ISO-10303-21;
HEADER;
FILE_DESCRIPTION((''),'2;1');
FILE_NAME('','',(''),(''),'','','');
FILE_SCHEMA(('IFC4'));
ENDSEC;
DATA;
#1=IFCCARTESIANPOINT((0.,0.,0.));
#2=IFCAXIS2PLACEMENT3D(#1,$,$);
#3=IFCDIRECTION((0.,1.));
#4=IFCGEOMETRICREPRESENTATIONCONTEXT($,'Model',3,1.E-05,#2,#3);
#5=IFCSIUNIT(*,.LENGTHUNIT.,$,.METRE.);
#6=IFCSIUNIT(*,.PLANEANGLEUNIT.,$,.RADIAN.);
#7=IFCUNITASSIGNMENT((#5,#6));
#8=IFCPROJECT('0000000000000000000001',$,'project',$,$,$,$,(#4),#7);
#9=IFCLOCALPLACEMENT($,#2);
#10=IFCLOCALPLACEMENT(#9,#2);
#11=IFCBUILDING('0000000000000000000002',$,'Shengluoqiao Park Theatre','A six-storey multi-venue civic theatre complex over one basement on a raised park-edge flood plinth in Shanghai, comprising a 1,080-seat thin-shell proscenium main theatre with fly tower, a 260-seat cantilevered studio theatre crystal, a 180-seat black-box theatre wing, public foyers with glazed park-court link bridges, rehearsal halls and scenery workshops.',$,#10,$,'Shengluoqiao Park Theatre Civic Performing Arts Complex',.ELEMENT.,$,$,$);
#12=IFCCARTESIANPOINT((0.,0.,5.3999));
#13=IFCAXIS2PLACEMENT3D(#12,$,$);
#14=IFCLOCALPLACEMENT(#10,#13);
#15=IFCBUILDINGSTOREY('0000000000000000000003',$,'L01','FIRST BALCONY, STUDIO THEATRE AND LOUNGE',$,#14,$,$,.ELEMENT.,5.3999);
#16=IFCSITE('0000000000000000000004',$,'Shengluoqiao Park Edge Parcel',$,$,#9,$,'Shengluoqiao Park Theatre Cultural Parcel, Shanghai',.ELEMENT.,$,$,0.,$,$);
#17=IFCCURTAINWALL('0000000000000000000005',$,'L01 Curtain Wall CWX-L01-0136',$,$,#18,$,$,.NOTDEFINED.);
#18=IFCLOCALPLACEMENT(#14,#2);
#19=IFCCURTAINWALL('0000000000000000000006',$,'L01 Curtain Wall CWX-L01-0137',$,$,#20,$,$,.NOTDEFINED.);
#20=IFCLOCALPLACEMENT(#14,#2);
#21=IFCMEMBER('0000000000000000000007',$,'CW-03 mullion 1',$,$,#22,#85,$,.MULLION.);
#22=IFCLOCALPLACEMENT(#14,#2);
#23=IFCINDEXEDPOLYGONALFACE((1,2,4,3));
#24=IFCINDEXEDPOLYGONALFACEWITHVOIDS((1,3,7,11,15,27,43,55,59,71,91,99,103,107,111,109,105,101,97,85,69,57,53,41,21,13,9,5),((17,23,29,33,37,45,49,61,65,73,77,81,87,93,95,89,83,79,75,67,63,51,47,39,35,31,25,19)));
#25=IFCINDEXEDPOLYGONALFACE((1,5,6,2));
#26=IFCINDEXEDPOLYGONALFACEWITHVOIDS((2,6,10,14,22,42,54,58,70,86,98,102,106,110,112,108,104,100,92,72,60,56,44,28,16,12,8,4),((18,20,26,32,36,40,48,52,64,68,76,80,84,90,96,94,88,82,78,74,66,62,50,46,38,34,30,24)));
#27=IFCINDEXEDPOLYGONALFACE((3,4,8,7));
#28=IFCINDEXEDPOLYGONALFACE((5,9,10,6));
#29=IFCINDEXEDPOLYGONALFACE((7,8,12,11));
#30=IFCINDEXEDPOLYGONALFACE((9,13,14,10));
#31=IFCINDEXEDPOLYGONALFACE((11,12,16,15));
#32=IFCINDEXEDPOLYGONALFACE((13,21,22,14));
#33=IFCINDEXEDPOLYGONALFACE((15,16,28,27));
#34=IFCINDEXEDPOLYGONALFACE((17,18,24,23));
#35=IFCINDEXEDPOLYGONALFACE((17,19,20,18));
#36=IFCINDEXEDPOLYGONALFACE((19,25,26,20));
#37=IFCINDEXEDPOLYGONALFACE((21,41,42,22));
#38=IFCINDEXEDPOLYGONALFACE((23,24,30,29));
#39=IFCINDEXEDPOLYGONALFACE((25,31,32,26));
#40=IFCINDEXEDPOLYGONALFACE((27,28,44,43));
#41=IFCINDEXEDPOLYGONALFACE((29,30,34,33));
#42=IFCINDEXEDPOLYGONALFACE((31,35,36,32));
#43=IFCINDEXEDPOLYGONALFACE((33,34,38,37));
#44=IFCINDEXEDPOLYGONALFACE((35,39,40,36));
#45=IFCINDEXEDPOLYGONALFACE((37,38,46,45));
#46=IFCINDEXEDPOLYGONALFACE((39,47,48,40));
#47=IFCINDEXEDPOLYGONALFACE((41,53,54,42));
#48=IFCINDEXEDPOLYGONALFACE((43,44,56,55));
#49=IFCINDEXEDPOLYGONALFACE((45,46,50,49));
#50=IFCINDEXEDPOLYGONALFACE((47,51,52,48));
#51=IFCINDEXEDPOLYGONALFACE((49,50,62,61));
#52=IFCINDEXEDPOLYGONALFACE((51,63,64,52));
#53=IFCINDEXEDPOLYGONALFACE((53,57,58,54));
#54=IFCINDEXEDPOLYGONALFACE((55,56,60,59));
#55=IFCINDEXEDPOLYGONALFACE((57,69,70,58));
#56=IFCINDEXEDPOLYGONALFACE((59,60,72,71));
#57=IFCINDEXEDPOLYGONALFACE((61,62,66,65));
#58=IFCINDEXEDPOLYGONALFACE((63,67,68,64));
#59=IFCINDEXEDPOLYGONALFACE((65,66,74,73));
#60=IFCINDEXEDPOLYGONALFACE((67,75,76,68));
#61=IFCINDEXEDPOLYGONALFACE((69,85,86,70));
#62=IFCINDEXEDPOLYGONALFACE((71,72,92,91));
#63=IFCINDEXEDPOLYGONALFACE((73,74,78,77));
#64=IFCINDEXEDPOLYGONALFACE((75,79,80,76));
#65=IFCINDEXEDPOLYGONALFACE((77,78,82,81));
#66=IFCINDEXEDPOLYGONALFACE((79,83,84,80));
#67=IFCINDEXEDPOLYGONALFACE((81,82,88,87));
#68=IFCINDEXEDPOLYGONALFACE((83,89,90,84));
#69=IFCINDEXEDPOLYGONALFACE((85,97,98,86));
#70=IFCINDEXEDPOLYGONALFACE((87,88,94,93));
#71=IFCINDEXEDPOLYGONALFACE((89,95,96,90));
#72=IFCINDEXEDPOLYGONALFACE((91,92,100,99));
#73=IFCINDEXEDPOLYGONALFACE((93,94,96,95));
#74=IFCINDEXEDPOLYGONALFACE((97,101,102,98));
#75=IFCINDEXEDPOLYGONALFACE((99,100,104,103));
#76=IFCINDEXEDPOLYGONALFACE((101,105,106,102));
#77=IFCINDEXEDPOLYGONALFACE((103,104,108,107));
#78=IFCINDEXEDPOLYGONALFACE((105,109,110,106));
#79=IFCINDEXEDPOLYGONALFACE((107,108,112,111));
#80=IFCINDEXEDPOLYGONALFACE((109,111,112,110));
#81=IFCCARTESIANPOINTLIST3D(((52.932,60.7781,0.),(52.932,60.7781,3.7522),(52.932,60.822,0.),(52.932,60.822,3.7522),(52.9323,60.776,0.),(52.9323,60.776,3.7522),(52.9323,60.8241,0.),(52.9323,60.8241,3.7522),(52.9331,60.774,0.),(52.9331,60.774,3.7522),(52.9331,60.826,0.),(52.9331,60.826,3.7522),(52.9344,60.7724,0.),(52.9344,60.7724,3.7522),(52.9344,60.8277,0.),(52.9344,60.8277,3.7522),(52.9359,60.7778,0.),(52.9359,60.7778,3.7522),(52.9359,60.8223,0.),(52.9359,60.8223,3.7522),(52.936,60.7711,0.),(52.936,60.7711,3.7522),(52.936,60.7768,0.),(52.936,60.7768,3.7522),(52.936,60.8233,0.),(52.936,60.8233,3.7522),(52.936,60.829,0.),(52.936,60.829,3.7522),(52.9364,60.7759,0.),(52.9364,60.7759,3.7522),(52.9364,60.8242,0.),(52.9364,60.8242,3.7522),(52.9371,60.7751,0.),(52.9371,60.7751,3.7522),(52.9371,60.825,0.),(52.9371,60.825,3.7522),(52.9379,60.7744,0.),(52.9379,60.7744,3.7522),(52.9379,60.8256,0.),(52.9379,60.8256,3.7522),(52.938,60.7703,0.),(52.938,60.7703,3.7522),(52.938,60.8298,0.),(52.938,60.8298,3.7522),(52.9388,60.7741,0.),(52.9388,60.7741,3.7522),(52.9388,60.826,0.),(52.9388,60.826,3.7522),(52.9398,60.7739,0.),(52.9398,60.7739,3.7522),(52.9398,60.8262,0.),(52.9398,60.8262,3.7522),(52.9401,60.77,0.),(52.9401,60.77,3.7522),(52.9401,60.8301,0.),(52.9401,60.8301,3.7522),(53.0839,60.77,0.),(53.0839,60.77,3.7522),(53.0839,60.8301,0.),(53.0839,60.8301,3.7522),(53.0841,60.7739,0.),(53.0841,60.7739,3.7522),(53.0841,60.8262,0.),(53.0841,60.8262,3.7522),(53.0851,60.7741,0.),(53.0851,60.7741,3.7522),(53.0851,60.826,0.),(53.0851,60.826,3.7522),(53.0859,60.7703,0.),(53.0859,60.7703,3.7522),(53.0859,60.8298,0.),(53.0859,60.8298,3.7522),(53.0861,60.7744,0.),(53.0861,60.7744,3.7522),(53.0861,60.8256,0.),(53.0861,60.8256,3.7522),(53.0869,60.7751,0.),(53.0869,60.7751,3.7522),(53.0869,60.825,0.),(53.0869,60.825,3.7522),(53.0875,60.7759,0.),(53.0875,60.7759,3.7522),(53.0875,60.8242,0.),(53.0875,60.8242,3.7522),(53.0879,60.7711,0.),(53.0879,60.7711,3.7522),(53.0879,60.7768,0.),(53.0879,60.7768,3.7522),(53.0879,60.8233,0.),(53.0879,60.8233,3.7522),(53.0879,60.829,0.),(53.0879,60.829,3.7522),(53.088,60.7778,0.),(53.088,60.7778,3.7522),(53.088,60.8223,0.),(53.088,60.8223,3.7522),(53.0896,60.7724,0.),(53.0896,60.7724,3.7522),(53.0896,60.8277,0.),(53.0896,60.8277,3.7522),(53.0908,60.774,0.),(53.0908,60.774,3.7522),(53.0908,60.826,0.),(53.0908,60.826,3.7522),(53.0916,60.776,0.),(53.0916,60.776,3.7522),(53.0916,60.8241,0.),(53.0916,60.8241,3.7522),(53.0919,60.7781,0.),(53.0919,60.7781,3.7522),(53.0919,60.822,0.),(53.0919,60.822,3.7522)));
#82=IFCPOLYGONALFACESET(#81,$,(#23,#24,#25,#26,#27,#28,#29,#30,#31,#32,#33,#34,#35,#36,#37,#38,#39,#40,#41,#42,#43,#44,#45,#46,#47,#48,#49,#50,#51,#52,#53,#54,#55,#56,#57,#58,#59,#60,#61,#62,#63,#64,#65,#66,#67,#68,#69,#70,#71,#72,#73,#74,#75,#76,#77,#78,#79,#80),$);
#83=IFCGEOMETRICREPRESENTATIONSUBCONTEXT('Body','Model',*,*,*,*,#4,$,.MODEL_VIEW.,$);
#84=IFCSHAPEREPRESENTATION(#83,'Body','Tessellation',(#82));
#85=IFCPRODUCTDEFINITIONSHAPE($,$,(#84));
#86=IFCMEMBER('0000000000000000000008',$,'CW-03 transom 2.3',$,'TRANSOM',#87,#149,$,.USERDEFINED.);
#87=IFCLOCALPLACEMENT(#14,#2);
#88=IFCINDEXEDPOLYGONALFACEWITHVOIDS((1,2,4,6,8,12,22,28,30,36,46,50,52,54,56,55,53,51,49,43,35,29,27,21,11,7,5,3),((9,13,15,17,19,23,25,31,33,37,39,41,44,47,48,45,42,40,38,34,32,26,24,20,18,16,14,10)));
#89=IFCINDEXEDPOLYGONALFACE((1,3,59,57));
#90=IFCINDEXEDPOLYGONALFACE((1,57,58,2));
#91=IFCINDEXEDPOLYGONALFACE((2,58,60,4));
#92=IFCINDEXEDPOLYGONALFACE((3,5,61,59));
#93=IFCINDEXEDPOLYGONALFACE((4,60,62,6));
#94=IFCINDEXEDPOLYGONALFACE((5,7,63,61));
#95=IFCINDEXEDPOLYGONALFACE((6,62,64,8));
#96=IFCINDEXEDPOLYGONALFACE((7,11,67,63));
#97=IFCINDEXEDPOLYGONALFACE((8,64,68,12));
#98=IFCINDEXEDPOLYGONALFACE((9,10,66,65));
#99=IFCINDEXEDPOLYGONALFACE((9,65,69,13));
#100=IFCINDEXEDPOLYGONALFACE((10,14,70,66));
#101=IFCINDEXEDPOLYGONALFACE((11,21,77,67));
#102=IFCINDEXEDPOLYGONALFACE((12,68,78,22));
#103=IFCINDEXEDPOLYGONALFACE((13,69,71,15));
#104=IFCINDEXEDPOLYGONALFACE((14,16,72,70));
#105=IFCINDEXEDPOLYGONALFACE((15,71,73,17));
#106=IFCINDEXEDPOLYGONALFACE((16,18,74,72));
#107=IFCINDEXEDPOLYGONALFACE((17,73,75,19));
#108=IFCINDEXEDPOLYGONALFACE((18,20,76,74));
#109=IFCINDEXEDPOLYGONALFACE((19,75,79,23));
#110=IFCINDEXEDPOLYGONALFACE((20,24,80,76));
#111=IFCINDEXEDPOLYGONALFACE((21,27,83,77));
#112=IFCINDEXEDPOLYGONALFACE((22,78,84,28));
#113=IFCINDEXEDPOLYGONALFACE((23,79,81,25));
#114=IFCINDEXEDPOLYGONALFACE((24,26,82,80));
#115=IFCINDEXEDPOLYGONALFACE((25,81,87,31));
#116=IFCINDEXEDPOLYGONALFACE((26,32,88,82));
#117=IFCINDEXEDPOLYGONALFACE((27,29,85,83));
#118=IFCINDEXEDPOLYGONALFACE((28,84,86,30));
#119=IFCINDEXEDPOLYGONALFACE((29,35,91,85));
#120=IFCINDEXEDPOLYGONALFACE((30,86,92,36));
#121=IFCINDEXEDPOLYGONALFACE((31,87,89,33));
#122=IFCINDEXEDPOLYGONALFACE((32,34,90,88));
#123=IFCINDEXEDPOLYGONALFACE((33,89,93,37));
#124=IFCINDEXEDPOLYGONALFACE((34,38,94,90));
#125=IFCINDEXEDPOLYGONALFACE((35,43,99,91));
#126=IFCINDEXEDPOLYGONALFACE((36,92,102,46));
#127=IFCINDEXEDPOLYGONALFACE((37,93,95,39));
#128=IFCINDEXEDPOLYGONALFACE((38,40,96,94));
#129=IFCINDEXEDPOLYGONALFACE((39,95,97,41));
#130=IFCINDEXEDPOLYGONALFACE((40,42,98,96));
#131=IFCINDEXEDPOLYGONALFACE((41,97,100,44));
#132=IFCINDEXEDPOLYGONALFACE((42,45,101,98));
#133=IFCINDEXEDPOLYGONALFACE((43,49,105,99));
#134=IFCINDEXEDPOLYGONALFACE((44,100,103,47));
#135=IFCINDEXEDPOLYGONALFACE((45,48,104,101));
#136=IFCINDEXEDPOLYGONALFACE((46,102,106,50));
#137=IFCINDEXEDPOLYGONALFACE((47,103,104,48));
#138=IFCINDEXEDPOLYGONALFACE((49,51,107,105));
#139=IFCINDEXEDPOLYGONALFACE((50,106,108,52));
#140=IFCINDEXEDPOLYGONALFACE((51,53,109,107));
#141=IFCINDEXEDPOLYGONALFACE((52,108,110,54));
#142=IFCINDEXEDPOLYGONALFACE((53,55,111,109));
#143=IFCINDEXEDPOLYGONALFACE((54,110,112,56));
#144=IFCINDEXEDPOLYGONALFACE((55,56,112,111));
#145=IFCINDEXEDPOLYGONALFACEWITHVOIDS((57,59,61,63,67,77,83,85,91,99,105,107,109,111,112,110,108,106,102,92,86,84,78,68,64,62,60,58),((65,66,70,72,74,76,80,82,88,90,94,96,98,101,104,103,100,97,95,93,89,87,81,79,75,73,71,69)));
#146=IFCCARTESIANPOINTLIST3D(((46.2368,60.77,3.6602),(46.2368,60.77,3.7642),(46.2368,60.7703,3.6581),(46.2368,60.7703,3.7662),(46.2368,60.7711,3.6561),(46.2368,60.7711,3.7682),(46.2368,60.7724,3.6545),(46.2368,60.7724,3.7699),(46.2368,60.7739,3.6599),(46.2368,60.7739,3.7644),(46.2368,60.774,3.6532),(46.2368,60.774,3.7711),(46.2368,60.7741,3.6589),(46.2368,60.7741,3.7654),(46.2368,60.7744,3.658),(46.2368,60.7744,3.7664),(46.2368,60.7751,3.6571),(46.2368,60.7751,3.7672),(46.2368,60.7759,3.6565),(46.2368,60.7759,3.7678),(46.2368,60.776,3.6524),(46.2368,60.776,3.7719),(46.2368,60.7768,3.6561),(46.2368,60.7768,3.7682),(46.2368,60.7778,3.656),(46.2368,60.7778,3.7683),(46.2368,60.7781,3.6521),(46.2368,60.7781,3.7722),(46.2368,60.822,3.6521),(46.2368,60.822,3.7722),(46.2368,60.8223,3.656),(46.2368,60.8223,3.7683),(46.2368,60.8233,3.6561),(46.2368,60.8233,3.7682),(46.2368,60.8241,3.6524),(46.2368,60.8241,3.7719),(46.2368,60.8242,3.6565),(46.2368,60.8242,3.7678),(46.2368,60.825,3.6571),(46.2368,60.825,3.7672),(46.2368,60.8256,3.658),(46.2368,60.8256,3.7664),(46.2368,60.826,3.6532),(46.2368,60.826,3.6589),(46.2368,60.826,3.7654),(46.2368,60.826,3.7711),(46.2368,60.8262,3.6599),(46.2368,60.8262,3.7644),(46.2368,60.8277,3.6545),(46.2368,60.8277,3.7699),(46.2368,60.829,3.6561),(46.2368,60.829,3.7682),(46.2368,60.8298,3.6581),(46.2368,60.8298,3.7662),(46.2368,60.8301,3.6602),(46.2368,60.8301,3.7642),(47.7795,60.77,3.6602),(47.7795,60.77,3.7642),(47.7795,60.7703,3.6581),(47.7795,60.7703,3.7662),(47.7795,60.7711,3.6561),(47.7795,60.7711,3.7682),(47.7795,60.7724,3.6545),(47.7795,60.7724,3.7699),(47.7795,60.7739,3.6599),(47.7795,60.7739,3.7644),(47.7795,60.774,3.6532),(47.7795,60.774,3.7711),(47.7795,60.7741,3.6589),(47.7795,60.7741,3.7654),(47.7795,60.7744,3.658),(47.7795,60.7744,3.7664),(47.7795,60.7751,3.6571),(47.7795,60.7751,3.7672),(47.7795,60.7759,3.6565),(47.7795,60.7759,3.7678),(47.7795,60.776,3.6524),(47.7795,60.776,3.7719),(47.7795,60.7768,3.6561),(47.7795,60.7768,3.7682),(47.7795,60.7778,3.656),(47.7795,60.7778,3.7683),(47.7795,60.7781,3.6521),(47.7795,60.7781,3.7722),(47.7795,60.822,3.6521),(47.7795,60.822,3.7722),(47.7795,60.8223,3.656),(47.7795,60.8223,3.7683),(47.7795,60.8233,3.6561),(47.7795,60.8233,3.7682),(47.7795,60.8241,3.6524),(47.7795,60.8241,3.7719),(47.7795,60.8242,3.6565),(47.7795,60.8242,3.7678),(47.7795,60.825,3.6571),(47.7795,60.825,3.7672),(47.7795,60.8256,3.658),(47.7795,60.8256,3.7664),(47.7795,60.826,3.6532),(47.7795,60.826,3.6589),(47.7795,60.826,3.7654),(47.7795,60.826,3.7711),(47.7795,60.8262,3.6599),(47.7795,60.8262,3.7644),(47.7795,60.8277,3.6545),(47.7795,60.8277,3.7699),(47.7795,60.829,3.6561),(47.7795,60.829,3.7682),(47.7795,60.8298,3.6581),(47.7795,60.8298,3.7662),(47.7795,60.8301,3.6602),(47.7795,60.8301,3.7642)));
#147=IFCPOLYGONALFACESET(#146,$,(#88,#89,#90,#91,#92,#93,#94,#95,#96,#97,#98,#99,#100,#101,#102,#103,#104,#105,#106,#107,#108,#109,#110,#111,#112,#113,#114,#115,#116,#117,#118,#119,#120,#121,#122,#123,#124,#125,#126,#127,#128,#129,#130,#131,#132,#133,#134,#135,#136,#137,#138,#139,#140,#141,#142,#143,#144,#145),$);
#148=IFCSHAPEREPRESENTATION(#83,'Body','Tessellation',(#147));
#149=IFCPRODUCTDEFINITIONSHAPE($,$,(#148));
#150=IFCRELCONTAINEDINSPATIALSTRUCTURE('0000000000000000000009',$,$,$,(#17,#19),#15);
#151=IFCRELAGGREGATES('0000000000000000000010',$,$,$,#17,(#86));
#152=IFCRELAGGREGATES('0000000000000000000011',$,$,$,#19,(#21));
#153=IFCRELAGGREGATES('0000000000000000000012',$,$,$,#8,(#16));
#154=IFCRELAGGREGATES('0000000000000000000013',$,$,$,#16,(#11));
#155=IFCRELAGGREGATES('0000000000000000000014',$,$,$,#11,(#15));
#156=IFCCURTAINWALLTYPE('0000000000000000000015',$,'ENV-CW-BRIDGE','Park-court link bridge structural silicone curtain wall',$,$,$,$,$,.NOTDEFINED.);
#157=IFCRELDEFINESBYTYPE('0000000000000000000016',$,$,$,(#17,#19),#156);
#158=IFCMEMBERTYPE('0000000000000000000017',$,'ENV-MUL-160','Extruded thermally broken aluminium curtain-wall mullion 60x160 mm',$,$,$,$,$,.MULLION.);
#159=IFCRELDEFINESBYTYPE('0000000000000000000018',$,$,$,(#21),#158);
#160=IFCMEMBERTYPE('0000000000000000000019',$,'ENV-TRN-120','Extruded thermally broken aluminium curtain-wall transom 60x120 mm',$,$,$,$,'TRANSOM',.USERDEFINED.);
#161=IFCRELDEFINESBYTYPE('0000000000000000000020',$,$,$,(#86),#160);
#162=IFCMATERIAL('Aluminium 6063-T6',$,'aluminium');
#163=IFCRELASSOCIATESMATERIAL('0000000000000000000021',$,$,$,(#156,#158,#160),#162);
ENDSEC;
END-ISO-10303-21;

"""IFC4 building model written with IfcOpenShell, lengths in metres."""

from ifc_helpers import new_model, si_unit, direction, frame, origin, origin_2d, place, context, subcontext, project, spatial, hollow_rectangle, extrude, material, material_profile, profile_set, type_object, element, aggregate, save


model = new_model("IFC4")

# Units and contexts
model_context = context("Model", 3, precision=1e-05, world=origin(), true_north=direction((0.0, 1.0)))
body_context = subcontext(model_context, "Body", "Model", "MODEL_VIEW")
ifc_project = project(units=[si_unit("LENGTHUNIT", "METRE"), si_unit("PLANEANGLEUNIT", "RADIAN")], contexts=[model_context])

# Site, building, storey
site_placement = place(None, origin())
site = spatial("IfcSite", under=ifc_project, at=site_placement, Name="Shengluoqiao Park Edge Parcel", LongName="Shengluoqiao Park Theatre Cultural Parcel, Shanghai", CompositionType="ELEMENT", RefElevation=0.0)
building_placement = place(site_placement, origin())
building = spatial("IfcBuilding", under=site, at=building_placement, Name="Shengluoqiao Park Theatre", Description="A six-storey multi-venue civic theatre complex over one basement on a raised park-edge flood plinth in Shanghai, comprising a 1,080-seat thin-shell proscenium main theatre with fly tower, a 260-seat cantilevered studio theatre crystal, a 180-seat black-box theatre wing, public foyers with glazed park-court link bridges, rehearsal halls and scenery workshops.", LongName="Shengluoqiao Park Theatre Civic Performing Arts Complex", CompositionType="ELEMENT")
storey_placement = place(building_placement, frame((0.0, 0.0, 5.3999)))
storey = spatial("IfcBuildingStorey", under=building, at=storey_placement, Name="L01", Description="FIRST BALCONY, STUDIO THEATRE AND LOUNGE", CompositionType="ELEMENT", Elevation=5.3999)

# Curtain wall
ifc_material_1 = material(Name="Aluminium 6063-T6", Category="aluminium")
curtain_wall_type = type_object("IfcCurtainWallType", Name="ENV-CW-BRIDGE", Description="Park-court link bridge structural silicone curtain wall", PredefinedType="NOTDEFINED", material=ifc_material_1)
curtain_wall_1_placement = place(storey_placement, origin())
curtain_wall_1 = element("IfcCurtainWall", 1, at=curtain_wall_1_placement, inside=storey, type_object=curtain_wall_type, Name="L01 Curtain Wall CWX-L01-0136", PredefinedType="NOTDEFINED")
ifc_material_profile_1 = material_profile(ifc_material_1, hollow_rectangle(XDim=0.0601, YDim=0.1599, WallThickness=0.0039, InnerFilletRadius=0.0039, OuterFilletRadius=0.0081, at=origin_2d()), Name="ALU MULLION 160x60x4")
ifc_profile_set_1 = profile_set([ifc_material_profile_1], Name="Aluminium 6063-T6")
member_type_1 = type_object("IfcMemberType", Name="ENV-MUL-160", Description="Extruded thermally broken aluminium curtain-wall mullion 60x160 mm", PredefinedType="MULLION", material=ifc_profile_set_1)

# Curtain wall, member
curtain_wall_2_placement = place(storey_placement, origin())
curtain_wall_2 = element("IfcCurtainWall", 2, at=curtain_wall_2_placement, inside=storey, type_object=curtain_wall_type, Name="L01 Curtain Wall CWX-L01-0137", PredefinedType="NOTDEFINED")
member_1_placement = place(storey_placement, frame((53.012, 60.8, 0.0), z_axis=(0.0, 0.0, 1.0), x_axis=(0.0, 1.0, 0.0)))
member_1 = element("IfcMember", 3, at=member_1_placement, type_object=member_type_1, Name="CW-03 mullion 1", PredefinedType="MULLION", context=body_context, shape_type="SweptSolid", body=[
    extrude(hollow_rectangle(XDim=0.0601, YDim=0.1599, WallThickness=0.0039, InnerFilletRadius=0.0039, OuterFilletRadius=0.0081, at=origin_2d()), origin(), (0.0, 0.0, 1.0), 3.7522),
])

# Member
ifc_material_profile_2 = material_profile(ifc_material_1, hollow_rectangle(XDim=0.0601, YDim=0.1201, WallThickness=0.0039, InnerFilletRadius=0.0039, OuterFilletRadius=0.0081, at=origin_2d()), Name="ALU TRANSOM 120x60x4")
ifc_profile_set_2 = profile_set([ifc_material_profile_2], Name="Aluminium 6063-T6")
member_type_2 = type_object("IfcMemberType", Name="ENV-TRN-120", Description="Extruded thermally broken aluminium curtain-wall transom 60x120 mm", ElementType="TRANSOM", PredefinedType="USERDEFINED", material=ifc_profile_set_2)
member_2_placement = place(storey_placement, frame((46.2368, 60.8, 3.7122), z_axis=(1.0, 0.0, 0.0), x_axis=(0.0, 1.0, 0.0)))
member_2 = element("IfcMember", 4, at=member_2_placement, type_object=member_type_2, Name="CW-03 transom 2.3", ObjectType="TRANSOM", PredefinedType="USERDEFINED", context=body_context, shape_type="SweptSolid", body=[
    extrude(hollow_rectangle(XDim=0.0601, YDim=0.1201, WallThickness=0.0039, InnerFilletRadius=0.0039, OuterFilletRadius=0.0081, at=origin_2d()), origin(), (0.0, 0.0, 1.0), 1.5427),
])

aggregate(curtain_wall_1, [member_2])
aggregate(curtain_wall_2, [member_1])

save(model, "model.ifc")
